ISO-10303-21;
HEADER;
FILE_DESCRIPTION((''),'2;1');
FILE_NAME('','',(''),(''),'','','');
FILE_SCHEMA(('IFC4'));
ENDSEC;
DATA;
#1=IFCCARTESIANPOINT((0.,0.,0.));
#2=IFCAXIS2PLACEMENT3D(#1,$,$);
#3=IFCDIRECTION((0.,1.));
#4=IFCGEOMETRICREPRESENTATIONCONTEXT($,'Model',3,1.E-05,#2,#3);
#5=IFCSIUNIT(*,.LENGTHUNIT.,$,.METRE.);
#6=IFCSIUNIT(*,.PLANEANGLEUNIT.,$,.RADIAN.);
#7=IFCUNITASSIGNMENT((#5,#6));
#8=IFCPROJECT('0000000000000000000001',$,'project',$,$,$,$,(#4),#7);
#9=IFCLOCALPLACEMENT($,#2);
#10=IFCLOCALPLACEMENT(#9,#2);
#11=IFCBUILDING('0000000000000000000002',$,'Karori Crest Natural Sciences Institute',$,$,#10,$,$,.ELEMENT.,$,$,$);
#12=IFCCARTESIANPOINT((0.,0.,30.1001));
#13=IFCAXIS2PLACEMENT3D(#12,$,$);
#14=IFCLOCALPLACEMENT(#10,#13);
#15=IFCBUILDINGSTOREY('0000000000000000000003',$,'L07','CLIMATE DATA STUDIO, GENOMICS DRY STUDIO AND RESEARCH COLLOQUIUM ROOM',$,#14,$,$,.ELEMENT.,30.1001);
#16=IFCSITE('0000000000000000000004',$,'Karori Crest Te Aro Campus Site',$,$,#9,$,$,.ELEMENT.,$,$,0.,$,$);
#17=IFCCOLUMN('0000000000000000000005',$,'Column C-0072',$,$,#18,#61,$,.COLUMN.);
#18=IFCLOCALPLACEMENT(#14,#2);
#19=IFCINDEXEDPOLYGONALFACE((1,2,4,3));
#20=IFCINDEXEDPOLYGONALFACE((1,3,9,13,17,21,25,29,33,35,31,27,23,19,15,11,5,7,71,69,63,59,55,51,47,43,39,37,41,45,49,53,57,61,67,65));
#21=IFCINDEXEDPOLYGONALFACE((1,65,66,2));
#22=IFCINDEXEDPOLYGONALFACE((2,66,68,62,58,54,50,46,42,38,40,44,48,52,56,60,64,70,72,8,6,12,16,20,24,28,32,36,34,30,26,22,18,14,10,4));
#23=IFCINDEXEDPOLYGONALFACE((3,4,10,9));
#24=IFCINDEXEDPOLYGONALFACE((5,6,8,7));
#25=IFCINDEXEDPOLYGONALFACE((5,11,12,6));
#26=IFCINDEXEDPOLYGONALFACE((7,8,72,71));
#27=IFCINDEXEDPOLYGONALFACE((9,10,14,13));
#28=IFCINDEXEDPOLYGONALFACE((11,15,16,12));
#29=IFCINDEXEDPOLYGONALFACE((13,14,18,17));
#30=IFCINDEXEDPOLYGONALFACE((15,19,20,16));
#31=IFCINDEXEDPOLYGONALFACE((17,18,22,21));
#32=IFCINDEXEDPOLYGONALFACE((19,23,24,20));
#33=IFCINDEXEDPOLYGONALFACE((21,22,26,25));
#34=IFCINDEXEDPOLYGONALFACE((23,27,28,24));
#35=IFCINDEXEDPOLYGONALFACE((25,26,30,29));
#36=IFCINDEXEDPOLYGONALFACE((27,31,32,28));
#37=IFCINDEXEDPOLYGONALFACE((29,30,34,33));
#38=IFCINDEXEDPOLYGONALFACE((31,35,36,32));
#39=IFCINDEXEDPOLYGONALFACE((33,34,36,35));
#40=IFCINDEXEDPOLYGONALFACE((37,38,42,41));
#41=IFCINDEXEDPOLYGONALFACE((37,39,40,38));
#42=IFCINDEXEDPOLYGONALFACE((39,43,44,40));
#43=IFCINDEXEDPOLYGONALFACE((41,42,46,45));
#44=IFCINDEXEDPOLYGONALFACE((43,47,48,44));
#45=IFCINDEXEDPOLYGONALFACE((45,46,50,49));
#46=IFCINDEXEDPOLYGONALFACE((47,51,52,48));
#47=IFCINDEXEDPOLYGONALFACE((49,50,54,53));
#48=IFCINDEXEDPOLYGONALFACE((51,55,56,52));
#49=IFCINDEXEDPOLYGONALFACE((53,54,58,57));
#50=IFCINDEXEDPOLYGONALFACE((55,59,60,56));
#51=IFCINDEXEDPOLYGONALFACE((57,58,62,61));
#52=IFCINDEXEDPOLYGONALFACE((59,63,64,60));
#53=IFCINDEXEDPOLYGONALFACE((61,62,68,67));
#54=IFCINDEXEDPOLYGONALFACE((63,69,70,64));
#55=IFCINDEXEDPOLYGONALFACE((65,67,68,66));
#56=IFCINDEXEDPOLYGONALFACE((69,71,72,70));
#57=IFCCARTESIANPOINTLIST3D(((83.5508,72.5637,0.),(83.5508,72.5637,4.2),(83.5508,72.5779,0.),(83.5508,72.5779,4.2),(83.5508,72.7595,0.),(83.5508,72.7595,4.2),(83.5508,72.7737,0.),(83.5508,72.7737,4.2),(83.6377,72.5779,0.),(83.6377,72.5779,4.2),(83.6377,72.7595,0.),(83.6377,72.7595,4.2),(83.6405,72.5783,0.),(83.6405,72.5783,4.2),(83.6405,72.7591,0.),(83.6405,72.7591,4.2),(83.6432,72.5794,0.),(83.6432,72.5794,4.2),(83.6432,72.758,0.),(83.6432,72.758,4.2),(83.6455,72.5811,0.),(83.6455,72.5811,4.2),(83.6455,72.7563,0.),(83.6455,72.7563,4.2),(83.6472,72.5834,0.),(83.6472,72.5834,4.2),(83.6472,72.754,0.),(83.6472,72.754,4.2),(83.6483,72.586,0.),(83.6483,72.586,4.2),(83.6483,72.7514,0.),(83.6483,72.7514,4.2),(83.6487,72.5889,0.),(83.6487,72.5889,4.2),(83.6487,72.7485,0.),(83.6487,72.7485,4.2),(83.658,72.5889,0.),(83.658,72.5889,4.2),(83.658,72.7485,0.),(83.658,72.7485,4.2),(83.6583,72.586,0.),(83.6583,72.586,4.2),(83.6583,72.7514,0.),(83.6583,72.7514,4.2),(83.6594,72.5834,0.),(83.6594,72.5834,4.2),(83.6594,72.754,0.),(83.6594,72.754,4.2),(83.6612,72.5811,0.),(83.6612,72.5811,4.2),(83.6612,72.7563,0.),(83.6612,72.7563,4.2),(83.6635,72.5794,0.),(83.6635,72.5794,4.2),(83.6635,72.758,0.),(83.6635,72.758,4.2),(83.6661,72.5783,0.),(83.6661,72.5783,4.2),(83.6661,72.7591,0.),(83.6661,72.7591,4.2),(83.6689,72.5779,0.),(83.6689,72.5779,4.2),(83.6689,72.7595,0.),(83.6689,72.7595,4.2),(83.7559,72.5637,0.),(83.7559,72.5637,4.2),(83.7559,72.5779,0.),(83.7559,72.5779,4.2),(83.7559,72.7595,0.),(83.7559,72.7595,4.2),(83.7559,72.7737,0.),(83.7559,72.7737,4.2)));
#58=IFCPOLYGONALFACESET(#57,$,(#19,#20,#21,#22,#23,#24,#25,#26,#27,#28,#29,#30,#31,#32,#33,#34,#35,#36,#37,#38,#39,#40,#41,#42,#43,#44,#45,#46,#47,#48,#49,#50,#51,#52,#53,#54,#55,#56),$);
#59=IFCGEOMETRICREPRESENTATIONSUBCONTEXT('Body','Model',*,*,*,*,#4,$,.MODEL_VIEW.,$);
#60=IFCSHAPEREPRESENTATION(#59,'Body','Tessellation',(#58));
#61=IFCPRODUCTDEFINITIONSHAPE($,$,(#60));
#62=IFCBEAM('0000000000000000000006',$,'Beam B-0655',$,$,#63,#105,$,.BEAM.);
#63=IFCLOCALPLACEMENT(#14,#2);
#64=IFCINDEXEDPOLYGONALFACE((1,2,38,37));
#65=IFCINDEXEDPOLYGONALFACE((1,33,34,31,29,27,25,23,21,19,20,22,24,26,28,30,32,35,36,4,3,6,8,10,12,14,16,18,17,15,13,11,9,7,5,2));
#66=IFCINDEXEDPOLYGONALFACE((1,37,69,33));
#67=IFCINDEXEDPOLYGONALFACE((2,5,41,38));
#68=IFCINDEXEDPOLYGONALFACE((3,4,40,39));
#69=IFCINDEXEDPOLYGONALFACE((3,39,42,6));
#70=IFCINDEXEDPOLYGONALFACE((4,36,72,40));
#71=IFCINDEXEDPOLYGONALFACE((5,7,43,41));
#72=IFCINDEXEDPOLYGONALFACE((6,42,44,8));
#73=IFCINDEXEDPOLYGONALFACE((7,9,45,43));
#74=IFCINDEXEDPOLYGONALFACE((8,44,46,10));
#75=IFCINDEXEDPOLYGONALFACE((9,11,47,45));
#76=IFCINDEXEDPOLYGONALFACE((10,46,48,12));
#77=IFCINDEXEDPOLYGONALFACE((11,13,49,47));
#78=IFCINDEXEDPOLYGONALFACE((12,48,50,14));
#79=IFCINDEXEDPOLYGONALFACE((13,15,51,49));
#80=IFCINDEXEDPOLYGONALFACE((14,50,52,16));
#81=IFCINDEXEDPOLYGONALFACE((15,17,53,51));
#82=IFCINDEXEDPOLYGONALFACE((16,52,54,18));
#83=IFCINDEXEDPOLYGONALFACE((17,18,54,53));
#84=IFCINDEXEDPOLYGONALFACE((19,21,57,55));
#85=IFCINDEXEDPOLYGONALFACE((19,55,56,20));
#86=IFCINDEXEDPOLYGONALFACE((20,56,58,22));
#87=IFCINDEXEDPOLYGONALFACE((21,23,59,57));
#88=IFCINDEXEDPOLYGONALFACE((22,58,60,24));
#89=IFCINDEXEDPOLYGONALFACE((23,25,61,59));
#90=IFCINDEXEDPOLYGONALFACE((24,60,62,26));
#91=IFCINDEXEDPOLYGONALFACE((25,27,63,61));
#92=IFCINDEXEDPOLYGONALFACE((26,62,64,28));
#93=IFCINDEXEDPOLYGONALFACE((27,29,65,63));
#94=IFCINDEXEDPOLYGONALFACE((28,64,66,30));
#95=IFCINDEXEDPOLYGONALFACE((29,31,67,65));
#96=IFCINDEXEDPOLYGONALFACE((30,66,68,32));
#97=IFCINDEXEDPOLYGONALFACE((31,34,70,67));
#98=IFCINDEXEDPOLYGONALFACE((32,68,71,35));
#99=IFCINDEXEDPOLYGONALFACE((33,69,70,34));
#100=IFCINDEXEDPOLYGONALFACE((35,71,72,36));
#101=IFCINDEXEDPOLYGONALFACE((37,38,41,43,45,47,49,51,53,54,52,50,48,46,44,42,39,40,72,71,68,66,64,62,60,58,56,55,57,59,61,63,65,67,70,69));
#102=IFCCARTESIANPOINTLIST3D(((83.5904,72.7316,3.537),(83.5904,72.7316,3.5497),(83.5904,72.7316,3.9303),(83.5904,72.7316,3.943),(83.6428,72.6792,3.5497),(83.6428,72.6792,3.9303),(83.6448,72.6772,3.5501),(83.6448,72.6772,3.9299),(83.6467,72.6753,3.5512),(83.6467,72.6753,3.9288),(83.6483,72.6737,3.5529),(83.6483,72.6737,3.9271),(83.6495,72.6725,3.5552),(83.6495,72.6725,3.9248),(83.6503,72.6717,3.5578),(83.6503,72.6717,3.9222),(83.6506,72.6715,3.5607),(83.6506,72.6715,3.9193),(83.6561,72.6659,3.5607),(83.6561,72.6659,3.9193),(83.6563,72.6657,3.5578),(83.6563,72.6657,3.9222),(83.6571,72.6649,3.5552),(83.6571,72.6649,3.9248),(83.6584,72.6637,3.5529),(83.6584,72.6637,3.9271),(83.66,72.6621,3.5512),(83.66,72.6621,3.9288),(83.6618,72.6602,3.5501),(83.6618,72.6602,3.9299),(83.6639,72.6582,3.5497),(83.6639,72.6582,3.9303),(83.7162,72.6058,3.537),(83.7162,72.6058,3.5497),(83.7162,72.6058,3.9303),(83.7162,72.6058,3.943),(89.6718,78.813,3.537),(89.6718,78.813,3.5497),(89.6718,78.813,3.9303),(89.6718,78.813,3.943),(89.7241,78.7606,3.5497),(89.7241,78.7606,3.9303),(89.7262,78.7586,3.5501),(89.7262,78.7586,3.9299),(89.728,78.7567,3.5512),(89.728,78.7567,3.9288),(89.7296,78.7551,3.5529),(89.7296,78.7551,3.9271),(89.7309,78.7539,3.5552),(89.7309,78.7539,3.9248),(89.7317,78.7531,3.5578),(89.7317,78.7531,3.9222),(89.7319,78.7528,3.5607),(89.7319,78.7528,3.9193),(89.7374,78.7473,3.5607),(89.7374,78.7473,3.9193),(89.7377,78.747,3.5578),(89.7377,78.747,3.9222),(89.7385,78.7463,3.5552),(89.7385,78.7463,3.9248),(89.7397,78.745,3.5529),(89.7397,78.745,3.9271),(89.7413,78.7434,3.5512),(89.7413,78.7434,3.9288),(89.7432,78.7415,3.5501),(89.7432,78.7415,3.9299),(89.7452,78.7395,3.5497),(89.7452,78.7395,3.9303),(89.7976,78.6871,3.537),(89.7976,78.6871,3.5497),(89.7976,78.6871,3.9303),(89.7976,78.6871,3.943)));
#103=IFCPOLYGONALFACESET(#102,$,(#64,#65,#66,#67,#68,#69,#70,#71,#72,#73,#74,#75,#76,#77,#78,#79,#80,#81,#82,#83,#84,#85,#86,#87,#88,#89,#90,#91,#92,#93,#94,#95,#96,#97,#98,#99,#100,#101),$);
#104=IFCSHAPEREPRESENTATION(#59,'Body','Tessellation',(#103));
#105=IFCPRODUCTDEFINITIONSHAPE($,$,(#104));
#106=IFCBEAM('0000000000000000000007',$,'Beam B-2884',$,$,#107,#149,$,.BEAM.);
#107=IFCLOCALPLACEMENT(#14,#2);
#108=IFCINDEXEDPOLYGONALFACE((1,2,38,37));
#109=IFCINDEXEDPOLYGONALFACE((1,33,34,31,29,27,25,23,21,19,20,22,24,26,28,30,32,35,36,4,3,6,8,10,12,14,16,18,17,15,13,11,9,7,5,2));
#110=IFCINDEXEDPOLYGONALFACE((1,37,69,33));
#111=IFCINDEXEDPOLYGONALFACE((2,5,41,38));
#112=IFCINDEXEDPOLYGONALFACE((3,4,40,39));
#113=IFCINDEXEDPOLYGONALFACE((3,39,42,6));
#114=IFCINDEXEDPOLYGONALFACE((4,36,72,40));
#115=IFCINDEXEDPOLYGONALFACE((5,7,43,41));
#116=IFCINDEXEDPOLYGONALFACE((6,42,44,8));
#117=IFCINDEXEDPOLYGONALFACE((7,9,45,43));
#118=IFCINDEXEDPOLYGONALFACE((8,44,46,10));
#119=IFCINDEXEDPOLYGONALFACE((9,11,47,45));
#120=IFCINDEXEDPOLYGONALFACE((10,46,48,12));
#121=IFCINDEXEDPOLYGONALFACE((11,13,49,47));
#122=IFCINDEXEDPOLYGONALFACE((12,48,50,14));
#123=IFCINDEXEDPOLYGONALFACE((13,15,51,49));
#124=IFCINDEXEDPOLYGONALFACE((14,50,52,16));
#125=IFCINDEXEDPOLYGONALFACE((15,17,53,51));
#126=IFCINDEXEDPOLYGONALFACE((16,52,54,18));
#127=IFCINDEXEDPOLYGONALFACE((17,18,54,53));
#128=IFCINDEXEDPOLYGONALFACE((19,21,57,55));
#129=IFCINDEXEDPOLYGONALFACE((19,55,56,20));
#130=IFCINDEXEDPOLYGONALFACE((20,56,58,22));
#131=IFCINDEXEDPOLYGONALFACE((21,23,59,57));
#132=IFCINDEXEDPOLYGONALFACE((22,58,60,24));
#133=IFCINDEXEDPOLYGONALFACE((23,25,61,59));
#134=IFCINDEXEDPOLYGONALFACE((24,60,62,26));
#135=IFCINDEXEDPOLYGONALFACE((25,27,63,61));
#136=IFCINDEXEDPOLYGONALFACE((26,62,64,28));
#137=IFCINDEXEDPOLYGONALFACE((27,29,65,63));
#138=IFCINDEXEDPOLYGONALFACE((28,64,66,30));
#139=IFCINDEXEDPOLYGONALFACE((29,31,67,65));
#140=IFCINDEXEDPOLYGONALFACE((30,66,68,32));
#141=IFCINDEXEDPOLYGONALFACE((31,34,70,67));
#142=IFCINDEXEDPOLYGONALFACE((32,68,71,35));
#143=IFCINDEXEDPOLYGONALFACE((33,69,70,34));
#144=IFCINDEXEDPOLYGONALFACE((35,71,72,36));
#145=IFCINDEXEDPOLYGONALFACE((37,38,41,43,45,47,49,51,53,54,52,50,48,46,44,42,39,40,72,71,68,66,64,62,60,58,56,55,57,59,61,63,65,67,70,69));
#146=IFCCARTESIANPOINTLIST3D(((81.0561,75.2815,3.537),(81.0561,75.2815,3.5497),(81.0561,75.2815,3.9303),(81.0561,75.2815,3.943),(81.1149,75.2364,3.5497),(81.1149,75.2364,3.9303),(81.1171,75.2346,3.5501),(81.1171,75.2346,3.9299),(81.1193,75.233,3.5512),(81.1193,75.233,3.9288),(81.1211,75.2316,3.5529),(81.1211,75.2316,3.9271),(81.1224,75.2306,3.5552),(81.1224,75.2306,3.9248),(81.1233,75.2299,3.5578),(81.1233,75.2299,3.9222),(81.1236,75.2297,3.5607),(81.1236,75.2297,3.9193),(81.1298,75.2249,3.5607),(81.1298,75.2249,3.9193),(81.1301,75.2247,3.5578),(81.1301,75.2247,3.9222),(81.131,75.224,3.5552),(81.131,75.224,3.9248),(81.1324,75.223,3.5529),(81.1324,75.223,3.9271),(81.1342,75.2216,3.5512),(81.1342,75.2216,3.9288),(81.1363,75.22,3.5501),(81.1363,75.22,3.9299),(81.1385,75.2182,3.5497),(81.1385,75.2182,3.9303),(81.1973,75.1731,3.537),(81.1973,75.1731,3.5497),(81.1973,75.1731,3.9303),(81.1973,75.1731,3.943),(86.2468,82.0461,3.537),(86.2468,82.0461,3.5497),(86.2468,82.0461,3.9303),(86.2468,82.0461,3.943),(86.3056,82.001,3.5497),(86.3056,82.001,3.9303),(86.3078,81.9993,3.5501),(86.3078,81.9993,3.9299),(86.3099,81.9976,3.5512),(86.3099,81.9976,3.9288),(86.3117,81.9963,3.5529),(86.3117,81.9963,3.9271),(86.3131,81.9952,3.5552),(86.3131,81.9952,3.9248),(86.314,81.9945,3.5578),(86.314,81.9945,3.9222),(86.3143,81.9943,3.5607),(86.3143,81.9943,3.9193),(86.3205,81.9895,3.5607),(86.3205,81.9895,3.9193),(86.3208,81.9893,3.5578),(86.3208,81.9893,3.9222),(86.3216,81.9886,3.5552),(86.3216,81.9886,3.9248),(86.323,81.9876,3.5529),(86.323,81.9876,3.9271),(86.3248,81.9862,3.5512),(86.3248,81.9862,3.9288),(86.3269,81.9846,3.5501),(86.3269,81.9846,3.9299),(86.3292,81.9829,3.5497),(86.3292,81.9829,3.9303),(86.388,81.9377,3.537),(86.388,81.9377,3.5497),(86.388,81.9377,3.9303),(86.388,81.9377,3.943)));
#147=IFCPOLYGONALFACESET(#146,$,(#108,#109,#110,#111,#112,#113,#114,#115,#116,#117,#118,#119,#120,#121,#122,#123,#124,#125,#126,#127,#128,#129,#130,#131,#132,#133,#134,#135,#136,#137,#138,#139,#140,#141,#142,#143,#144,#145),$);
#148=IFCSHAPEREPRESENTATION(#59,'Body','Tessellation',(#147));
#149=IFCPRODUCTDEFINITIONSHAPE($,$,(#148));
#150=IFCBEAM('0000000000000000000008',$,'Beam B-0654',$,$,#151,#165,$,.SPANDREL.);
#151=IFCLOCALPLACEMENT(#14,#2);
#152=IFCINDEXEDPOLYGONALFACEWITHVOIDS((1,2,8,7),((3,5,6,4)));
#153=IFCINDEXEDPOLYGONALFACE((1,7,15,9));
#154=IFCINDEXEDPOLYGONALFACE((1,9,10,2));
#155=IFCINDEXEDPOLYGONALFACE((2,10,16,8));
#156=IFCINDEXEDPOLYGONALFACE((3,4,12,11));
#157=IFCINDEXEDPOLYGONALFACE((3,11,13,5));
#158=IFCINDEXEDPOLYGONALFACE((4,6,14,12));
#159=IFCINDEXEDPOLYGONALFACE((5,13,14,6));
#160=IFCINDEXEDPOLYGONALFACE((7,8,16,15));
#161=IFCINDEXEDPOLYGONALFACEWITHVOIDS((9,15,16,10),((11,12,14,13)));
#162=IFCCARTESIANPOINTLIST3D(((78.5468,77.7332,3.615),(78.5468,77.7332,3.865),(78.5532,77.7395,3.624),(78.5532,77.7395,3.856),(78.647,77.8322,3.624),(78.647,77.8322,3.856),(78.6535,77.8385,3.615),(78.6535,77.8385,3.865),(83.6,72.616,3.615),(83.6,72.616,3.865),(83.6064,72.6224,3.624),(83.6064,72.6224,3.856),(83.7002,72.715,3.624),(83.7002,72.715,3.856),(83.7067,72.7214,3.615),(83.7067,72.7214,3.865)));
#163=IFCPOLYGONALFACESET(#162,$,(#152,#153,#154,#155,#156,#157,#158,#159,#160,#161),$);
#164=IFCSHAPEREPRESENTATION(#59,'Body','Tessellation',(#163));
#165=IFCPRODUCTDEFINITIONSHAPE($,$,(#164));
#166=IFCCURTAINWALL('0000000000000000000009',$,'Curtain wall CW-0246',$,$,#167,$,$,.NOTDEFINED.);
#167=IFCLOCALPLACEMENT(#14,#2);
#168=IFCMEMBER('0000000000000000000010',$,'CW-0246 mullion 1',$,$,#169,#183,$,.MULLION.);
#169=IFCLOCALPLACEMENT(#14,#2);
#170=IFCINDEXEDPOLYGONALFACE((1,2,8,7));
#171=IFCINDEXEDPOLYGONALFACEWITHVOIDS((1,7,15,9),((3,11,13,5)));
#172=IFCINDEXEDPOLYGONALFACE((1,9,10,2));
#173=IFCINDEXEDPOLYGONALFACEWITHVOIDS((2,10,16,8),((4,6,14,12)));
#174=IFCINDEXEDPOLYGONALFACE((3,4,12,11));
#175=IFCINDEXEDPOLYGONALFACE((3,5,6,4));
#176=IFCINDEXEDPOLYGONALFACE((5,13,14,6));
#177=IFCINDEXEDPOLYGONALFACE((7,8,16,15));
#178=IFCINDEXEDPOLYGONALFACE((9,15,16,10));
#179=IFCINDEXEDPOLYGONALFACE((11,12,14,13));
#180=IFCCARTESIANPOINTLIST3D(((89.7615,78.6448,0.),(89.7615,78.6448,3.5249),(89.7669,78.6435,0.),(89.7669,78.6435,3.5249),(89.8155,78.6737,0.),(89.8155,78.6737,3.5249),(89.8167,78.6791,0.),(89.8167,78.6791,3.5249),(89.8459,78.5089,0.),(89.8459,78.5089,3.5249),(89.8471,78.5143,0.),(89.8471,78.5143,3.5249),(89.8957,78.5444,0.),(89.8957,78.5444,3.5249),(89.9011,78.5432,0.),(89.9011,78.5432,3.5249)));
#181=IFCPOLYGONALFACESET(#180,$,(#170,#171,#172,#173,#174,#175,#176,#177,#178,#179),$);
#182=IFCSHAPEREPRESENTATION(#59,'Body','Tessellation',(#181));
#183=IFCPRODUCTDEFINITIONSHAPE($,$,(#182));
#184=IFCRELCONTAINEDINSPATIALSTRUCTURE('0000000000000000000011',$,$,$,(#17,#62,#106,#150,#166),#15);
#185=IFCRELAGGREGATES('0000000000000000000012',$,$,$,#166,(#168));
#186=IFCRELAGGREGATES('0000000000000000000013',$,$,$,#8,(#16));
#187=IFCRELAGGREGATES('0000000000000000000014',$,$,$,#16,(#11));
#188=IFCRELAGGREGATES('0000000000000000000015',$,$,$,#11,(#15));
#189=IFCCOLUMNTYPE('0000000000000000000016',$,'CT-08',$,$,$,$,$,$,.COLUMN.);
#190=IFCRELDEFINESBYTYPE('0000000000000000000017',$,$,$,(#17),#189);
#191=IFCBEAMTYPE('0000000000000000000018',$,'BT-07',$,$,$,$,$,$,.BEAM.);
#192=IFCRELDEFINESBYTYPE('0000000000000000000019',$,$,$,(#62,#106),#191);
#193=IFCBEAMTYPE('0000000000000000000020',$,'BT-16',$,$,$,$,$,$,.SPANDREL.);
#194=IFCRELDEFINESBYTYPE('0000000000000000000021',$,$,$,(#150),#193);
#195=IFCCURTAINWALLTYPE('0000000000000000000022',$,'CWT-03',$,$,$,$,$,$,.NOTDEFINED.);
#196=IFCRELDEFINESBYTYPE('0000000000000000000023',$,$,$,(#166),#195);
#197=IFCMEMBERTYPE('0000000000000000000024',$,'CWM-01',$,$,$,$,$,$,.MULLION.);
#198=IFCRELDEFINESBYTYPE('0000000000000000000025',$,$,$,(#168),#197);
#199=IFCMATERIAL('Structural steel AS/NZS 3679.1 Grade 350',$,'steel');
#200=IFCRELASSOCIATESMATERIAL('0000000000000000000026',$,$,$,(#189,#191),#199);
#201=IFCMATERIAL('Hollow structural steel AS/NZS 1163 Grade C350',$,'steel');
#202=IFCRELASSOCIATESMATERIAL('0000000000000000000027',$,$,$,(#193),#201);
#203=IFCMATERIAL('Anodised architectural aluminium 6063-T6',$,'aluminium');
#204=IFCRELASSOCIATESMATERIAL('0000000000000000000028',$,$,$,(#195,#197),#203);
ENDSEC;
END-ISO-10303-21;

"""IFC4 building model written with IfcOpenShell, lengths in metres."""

from ifc_helpers import new_model, si_unit, direction, frame, origin, origin_2d, place, context, subcontext, project, spatial, hollow_rectangle, i_section, extrude, material, material_profile, profile_set, type_object, element, aggregate, save


model = new_model("IFC4")

# Units and contexts
model_context = context("Model", 3, precision=1e-05, world=origin(), true_north=direction((0.0, 1.0)))
body_context = subcontext(model_context, "Body", "Model", "MODEL_VIEW")
ifc_project = project(units=[si_unit("LENGTHUNIT", "METRE"), si_unit("PLANEANGLEUNIT", "RADIAN")], contexts=[model_context])

# Site, building, storey
site_placement = place(None, origin())
site = spatial("IfcSite", under=ifc_project, at=site_placement, Name="Karori Crest Te Aro Campus Site", CompositionType="ELEMENT", RefElevation=0.0)
building_placement = place(site_placement, origin())
building = spatial("IfcBuilding", under=site, at=building_placement, Name="Karori Crest Natural Sciences Institute", CompositionType="ELEMENT")
storey_placement = place(building_placement, frame((0.0, 0.0, 30.1001)))
storey = spatial("IfcBuildingStorey", under=building, at=storey_placement, Name="L07", Description="CLIMATE DATA STUDIO, GENOMICS DRY STUDIO AND RESEARCH COLLOQUIUM ROOM", CompositionType="ELEMENT", Elevation=30.1001)

# Column
ifc_material_1 = material(Name="Structural steel AS/NZS 3679.1 Grade 350", Category="steel")
ifc_material_profile_1 = material_profile(ifc_material_1, i_section(OverallWidth=0.2051, OverallDepth=0.21, WebThickness=0.0093, FlangeThickness=0.0142, FilletRadius=0.011, at=origin_2d()), Name="200UC59.5")
ifc_profile_set_1 = profile_set([ifc_material_profile_1], Name="Structural steel AS/NZS 3679.1 Grade 350")
column_type = type_object("IfcColumnType", Name="CT-08", PredefinedType="COLUMN", material=ifc_profile_set_1)
column_placement = place(storey_placement, frame((83.6533, 72.6687, 0.0), z_axis=(0.0, 0.0, 1.0), x_axis=(1.0, 0.0, 0.0)))
element("IfcColumn", 1, at=column_placement, inside=storey, type_object=column_type, Name="Column C-0072", PredefinedType="COLUMN", context=body_context, shape_type="SweptSolid", body=[
    extrude(i_section(OverallWidth=0.2051, OverallDepth=0.21, WebThickness=0.0093, FlangeThickness=0.0142, FilletRadius=0.011, at=origin_2d()), origin(), (0.0, 0.0, 1.0), 4.2),
])

# Beams
ifc_material_profile_2 = material_profile(ifc_material_1, i_section(OverallWidth=0.178, OverallDepth=0.406, WebThickness=0.0078, FlangeThickness=0.0127, FilletRadius=0.011, at=origin_2d()), Name="410UB59.7")
ifc_profile_set_2 = profile_set([ifc_material_profile_2], Name="Structural steel AS/NZS 3679.1 Grade 350")
beam_type_1 = type_object("IfcBeamType", Name="BT-07", PredefinedType="BEAM", material=ifc_profile_set_2)
beam_1_placement = place(storey_placement, frame((83.6533, 72.6687, 3.74), z_axis=(0.707107, 0.707107, 0.0), x_axis=(-0.707107, 0.707107, 0.0)))
element("IfcBeam", 2, at=beam_1_placement, inside=storey, type_object=beam_type_1, Name="Beam B-0655", PredefinedType="BEAM", context=body_context, shape_type="SweptSolid", body=[
    extrude(i_section(OverallWidth=0.178, OverallDepth=0.406, WebThickness=0.0078, FlangeThickness=0.0127, FilletRadius=0.011, at=origin_2d()), origin(), (0.0, 0.0, 1.0), 8.6003),
])
beam_2_placement = place(storey_placement, frame((81.1267, 75.2273, 3.74), z_axis=(0.60876, 0.793355, 0.0), x_axis=(-0.793355, 0.60876, 0.0)))
element("IfcBeam", 3, at=beam_2_placement, inside=storey, type_object=beam_type_1, Name="Beam B-2884", PredefinedType="BEAM", context=body_context, shape_type="SweptSolid", body=[
    extrude(i_section(OverallWidth=0.178, OverallDepth=0.406, WebThickness=0.0078, FlangeThickness=0.0127, FilletRadius=0.011, at=origin_2d()), origin(), (0.0, 0.0, 1.0), 8.5266),
])
ifc_material_2 = material(Name="Hollow structural steel AS/NZS 1163 Grade C350", Category="steel")
ifc_material_profile_3 = material_profile(ifc_material_2, hollow_rectangle(XDim=0.1499, YDim=0.25, WallThickness=0.009, at=origin_2d()), Name="RHS250x150x9")
ifc_profile_set_3 = profile_set([ifc_material_profile_3], Name="Hollow structural steel AS/NZS 1163 Grade C350")
beam_type_2 = type_object("IfcBeamType", Name="BT-16", PredefinedType="SPANDREL", material=ifc_profile_set_3)
beam_3_placement = place(storey_placement, frame((83.6533, 72.6687, 3.74), z_axis=(-0.702646, 0.71154, 0.0), x_axis=(-0.71154, -0.702646, 0.0)))
element("IfcBeam", 4, at=beam_3_placement, inside=storey, type_object=beam_type_2, Name="Beam B-0654", PredefinedType="SPANDREL", context=body_context, shape_type="SweptSolid", body=[
    extrude(hollow_rectangle(XDim=0.1499, YDim=0.25, WallThickness=0.009, at=origin_2d()), origin(), (0.0, 0.0, 1.0), 7.1917),
])

# Curtain wall, member
ifc_material_3 = material(Name="Anodised architectural aluminium 6063-T6", Category="aluminium")
curtain_wall_type_1 = type_object("IfcCurtainWallType", Name="CWT-03", PredefinedType="NOTDEFINED", material=ifc_material_3)
curtain_wall_1_placement = place(storey_placement, origin())
curtain_wall_1 = element("IfcCurtainWall", 5, at=curtain_wall_1_placement, inside=storey, type_object=curtain_wall_type_1, Name="Curtain wall CW-0246", PredefinedType="NOTDEFINED")
ifc_material_profile_4 = material_profile(ifc_material_3, hollow_rectangle(XDim=0.0649, YDim=0.1599, WallThickness=0.0039, at=origin_2d()), Name="CWM160x65x4")
ifc_profile_set_4 = profile_set([ifc_material_profile_4], Name="Anodised architectural aluminium 6063-T6")
member_type_1 = type_object("IfcMemberType", Name="CWM-01", PredefinedType="MULLION", material=ifc_profile_set_4)
member_1_placement = place(storey_placement, frame((89.8313, 78.594, 0.0), z_axis=(0.0, 0.0, 1.0), x_axis=(0.849662, 0.527328, 0.0)))
member_1 = element("IfcMember", 6, at=member_1_placement, type_object=member_type_1, Name="CW-0246 mullion 1", PredefinedType="MULLION", context=body_context, shape_type="SweptSolid", body=[
    extrude(hollow_rectangle(XDim=0.0649, YDim=0.1599, WallThickness=0.0039, at=origin_2d()), origin(), (0.0, 0.0, 1.0), 3.5249),
])

aggregate(curtain_wall_1, [member_1])

save(model, "model.ifc")
